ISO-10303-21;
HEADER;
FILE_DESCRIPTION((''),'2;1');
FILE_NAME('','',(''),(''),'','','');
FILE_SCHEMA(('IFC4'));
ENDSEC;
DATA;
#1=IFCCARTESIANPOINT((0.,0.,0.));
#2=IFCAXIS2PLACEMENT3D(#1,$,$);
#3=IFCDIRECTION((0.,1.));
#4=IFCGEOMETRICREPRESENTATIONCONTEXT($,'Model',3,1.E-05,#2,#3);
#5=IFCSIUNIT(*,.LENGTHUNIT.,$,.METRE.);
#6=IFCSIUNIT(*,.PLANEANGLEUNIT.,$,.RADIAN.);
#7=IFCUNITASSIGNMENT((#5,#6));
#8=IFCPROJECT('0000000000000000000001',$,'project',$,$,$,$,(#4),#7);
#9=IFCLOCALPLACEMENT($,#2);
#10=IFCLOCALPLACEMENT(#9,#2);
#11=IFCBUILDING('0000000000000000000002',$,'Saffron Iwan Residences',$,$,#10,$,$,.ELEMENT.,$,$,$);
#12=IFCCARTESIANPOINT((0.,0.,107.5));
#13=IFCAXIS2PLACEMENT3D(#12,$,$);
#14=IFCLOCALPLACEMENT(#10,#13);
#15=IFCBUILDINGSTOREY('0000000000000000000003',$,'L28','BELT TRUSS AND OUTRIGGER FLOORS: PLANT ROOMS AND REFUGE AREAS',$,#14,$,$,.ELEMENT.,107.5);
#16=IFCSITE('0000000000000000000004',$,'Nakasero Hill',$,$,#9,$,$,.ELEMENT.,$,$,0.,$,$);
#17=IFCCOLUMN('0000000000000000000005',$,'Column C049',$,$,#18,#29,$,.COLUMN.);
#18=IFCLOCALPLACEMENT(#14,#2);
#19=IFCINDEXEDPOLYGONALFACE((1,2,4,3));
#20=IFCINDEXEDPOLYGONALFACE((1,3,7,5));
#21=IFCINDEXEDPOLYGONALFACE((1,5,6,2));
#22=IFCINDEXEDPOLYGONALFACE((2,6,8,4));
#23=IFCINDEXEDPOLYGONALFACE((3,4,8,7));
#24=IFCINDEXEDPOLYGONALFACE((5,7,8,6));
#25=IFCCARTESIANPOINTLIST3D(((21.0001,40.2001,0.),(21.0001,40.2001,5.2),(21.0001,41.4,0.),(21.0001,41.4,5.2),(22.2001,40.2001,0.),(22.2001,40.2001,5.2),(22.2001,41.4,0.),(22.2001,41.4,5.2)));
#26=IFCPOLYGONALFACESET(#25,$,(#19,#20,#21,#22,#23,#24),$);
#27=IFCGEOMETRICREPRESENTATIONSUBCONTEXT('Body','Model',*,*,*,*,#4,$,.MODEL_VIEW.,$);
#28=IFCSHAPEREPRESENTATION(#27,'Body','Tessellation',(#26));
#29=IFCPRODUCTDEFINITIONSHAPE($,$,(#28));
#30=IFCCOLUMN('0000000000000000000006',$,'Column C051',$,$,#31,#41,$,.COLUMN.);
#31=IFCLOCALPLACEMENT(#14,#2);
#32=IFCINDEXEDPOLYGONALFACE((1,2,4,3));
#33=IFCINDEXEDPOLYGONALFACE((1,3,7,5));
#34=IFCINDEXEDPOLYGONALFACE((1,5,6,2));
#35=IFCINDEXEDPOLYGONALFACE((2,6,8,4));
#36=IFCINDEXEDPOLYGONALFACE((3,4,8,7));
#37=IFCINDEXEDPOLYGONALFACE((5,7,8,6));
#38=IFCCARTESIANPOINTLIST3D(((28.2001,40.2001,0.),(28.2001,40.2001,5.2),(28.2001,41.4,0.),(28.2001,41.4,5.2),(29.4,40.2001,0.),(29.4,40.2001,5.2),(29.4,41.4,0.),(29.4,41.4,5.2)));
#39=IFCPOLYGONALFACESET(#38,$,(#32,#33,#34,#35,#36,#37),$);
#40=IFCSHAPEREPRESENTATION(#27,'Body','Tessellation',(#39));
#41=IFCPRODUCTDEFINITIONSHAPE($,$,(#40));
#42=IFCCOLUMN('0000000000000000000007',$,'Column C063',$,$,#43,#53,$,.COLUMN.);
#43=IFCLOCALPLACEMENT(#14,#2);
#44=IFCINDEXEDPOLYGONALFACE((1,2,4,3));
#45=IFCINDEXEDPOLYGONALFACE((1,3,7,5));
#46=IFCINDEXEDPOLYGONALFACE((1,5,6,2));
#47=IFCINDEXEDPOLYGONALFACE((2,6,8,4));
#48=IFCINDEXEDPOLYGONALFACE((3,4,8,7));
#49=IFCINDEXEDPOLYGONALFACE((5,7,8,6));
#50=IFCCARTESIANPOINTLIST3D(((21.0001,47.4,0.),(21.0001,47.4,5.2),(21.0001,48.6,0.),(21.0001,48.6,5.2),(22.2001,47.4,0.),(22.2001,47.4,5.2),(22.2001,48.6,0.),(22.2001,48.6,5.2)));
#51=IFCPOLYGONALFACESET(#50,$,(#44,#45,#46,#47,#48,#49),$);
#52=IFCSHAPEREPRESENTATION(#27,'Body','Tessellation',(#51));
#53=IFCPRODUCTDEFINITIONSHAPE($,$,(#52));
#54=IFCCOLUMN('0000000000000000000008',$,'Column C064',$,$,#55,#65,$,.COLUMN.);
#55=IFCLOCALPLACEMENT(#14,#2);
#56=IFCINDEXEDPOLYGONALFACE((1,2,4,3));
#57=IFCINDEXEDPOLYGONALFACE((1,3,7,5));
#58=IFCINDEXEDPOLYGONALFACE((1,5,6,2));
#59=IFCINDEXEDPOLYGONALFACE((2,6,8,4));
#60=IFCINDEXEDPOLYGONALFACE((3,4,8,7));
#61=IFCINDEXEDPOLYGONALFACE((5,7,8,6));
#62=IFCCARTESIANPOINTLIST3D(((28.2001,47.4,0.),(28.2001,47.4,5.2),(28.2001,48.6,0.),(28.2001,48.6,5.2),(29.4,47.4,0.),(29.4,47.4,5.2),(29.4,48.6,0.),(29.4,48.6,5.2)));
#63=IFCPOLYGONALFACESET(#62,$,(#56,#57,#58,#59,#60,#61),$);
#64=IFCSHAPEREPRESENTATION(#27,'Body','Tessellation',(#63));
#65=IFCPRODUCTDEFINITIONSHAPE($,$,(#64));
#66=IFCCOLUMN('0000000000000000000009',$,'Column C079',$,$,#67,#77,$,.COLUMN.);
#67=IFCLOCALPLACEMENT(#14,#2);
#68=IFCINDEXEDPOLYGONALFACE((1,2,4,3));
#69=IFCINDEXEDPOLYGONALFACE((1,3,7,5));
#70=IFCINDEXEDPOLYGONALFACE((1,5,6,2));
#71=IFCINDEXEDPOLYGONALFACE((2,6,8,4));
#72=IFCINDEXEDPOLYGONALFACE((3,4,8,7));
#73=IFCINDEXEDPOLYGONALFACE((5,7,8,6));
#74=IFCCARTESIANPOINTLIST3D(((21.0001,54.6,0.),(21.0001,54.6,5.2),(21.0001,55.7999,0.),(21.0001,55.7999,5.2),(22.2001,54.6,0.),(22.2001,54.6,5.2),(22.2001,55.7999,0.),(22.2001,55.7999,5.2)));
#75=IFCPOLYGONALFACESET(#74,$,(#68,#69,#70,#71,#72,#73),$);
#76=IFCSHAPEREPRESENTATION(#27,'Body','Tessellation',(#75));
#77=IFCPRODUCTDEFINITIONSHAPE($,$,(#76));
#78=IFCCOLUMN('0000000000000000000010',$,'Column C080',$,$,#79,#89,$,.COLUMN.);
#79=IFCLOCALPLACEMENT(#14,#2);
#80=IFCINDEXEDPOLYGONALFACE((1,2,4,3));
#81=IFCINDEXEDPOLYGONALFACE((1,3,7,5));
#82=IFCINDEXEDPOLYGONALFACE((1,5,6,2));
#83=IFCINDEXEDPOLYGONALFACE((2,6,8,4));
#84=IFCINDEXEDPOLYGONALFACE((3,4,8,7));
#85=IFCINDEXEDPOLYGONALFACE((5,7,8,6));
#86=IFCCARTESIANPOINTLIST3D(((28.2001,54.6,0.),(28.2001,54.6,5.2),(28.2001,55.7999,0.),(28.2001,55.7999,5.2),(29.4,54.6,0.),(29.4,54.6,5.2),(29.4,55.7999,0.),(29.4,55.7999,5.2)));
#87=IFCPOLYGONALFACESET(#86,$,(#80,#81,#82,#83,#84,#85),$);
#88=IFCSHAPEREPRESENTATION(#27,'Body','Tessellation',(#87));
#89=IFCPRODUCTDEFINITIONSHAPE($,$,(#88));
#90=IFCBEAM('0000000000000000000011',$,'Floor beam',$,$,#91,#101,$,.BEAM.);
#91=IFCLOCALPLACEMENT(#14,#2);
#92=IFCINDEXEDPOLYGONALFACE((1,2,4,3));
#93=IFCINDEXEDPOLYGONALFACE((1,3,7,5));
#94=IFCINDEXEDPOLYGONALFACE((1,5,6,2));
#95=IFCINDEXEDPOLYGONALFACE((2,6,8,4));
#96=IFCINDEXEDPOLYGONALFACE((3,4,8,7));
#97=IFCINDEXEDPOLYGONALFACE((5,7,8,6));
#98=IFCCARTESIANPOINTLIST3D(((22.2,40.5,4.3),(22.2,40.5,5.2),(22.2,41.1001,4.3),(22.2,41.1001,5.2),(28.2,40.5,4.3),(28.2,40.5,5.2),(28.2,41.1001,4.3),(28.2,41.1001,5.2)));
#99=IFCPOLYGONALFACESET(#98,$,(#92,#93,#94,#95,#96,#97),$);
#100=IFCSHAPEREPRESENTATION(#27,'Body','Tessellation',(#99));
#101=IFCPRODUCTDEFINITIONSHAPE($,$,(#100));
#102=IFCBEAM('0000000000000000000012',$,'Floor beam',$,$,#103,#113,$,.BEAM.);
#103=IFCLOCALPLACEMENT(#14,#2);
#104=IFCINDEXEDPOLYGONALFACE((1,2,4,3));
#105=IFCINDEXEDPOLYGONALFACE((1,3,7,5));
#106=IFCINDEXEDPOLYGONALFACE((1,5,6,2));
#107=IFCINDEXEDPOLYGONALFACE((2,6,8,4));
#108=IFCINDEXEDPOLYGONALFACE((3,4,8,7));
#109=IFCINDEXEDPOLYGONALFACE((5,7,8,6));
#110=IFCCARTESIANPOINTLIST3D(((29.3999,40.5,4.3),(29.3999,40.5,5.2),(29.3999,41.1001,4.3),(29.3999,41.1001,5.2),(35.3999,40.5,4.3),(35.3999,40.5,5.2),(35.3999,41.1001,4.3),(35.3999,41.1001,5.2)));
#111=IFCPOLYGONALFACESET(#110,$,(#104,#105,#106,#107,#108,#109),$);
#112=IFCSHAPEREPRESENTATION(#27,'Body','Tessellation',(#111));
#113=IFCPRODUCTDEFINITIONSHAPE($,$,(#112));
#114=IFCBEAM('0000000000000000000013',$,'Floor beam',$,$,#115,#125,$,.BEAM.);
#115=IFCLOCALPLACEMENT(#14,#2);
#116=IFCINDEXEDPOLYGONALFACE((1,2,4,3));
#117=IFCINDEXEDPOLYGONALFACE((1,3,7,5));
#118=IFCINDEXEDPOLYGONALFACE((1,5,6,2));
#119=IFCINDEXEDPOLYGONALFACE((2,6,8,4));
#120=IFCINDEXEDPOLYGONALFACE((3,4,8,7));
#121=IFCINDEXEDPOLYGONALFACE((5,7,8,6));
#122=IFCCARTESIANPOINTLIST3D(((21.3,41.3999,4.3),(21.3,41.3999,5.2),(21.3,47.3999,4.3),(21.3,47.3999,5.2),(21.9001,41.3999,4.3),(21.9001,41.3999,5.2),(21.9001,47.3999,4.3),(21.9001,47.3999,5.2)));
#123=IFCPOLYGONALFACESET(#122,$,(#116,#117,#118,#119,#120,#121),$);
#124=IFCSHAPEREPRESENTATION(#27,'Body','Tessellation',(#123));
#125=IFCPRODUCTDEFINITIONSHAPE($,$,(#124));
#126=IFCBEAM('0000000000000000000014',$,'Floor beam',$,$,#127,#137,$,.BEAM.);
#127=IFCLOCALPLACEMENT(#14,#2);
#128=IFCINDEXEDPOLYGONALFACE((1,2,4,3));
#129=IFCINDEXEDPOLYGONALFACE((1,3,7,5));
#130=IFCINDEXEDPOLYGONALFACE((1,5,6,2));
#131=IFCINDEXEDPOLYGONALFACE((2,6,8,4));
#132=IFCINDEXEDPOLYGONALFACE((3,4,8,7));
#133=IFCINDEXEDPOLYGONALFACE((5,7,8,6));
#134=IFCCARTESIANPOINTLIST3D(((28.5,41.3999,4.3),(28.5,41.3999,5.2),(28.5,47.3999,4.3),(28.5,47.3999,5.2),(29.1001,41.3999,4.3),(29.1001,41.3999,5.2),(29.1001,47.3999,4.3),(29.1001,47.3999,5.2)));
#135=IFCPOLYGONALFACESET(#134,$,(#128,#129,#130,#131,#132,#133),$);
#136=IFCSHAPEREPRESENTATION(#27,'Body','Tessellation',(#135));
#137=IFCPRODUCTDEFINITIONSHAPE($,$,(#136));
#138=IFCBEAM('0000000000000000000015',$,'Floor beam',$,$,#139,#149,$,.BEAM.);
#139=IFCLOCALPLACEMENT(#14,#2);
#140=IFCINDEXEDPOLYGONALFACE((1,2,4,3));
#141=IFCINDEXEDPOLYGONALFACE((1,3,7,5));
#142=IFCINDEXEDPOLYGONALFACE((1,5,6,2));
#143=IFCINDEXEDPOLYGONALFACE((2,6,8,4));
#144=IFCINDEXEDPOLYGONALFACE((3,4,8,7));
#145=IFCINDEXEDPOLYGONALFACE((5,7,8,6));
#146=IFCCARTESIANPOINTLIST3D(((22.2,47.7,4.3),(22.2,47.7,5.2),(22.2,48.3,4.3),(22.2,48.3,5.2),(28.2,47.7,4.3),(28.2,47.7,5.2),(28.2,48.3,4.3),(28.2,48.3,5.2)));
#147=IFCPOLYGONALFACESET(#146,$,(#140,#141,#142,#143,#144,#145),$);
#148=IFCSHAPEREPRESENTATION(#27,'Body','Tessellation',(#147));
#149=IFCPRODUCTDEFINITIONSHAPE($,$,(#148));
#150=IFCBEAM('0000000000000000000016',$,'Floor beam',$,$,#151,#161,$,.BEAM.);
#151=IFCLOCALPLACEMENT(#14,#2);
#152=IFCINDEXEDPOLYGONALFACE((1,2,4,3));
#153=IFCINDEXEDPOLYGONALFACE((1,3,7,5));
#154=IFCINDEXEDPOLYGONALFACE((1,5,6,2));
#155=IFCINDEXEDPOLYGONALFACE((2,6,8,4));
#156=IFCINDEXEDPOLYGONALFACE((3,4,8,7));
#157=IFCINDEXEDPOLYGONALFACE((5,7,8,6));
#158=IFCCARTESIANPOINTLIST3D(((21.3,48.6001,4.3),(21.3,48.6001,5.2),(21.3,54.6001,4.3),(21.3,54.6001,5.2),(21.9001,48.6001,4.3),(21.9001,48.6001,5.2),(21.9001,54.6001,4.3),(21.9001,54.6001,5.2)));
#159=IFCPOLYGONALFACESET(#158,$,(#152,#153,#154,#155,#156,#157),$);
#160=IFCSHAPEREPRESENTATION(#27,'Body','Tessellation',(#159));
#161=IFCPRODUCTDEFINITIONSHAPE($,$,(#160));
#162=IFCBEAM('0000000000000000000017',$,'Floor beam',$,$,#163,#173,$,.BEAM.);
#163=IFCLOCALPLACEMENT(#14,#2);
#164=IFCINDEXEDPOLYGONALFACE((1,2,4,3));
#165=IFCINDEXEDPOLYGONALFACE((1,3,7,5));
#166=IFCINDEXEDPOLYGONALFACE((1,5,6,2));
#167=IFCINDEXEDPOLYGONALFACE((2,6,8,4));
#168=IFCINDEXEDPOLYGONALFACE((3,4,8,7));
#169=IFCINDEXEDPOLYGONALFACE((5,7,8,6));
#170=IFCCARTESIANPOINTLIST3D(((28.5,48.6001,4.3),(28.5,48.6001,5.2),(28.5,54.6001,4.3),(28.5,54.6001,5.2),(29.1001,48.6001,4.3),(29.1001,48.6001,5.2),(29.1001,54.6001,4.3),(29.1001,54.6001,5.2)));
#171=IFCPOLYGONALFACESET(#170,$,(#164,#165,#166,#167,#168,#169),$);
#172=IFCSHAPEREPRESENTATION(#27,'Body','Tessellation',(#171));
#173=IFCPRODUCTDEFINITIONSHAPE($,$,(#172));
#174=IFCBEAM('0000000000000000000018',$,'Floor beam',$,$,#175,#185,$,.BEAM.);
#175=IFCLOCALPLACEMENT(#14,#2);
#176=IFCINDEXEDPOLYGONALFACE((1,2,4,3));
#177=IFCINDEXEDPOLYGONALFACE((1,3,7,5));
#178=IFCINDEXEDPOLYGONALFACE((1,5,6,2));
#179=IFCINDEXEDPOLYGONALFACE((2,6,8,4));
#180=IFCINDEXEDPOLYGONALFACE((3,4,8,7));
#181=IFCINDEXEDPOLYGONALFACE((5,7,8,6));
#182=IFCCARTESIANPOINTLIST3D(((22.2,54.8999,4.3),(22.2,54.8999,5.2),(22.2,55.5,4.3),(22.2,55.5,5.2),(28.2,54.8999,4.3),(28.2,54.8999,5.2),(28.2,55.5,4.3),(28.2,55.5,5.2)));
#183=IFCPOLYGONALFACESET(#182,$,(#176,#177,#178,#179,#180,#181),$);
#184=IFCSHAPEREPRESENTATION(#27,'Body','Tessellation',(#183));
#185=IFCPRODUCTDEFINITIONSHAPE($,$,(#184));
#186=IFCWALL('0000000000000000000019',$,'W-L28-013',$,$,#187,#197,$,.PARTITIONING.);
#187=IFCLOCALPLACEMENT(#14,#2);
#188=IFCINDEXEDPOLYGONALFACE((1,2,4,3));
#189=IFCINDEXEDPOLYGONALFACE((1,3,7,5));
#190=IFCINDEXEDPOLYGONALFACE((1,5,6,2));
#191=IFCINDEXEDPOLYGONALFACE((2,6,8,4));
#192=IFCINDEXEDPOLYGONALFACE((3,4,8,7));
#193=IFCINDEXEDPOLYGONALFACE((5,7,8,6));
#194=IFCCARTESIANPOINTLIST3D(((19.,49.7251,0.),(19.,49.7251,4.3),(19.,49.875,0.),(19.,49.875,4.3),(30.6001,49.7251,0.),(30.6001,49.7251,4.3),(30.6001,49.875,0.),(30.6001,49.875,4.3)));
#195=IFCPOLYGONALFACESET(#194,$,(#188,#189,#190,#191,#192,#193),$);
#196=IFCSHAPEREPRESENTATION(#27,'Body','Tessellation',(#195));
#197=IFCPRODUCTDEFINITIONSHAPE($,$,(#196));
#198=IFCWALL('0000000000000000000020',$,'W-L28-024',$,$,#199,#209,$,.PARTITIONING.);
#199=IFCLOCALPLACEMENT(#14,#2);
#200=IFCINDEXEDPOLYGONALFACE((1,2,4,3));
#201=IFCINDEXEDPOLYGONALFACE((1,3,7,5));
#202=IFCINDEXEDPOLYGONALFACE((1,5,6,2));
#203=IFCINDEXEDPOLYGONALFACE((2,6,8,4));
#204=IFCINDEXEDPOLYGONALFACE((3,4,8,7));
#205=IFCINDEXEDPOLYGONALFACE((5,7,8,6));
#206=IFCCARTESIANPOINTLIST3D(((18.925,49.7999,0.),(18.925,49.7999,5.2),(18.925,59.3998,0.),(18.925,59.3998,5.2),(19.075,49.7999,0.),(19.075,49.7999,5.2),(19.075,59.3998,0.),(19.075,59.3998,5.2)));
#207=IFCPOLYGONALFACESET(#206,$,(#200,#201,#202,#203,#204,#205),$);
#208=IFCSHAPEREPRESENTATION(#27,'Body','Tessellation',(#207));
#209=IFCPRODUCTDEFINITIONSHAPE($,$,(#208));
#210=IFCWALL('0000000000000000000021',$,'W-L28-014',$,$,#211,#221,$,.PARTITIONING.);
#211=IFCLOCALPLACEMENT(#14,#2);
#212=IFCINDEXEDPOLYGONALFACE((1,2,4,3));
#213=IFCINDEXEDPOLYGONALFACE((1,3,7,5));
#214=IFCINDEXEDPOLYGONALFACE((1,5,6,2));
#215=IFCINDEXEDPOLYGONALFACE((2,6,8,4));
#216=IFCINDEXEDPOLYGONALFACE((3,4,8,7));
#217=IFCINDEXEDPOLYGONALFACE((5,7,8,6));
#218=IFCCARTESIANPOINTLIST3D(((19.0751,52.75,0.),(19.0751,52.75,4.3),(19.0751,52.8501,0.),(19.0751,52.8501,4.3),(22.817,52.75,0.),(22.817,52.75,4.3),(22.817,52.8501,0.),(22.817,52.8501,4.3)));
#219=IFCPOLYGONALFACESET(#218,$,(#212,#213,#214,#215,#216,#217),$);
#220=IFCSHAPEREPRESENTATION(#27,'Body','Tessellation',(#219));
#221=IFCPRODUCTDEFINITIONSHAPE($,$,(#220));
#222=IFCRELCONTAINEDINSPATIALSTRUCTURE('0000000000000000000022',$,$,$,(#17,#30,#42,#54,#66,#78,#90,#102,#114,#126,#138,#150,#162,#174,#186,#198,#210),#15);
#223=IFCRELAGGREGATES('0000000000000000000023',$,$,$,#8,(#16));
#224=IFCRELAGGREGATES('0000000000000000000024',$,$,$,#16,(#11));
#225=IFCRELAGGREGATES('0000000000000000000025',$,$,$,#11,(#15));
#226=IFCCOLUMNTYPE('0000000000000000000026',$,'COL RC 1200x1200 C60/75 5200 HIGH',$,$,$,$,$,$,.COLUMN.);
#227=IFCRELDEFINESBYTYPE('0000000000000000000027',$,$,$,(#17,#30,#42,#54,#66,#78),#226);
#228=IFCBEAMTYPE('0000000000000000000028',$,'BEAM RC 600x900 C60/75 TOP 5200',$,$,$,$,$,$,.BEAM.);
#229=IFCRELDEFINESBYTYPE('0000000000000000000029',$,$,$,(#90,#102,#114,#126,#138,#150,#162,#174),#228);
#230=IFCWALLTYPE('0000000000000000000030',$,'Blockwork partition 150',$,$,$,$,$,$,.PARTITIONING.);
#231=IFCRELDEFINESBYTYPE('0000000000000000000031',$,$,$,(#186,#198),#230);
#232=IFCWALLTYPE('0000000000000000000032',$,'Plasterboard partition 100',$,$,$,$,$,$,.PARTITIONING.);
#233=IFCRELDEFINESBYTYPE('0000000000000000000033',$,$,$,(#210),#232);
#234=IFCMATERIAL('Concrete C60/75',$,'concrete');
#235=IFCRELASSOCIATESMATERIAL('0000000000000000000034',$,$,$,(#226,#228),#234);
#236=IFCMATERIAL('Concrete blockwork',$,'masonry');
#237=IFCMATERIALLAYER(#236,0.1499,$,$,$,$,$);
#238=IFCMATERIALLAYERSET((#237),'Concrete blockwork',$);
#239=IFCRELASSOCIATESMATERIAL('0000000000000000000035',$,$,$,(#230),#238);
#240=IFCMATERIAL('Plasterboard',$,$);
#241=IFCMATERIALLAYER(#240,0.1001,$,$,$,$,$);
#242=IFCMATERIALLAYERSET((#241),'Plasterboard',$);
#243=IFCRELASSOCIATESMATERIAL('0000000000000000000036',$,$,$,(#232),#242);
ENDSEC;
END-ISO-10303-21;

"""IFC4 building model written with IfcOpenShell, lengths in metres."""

from ifc_helpers import new_model, si_unit, direction, frame, frame_2d, origin, origin_2d, place, context, subcontext, project, spatial, rectangle, extrude, source, transform, mapped, material, layer, layer_set, material_profile, profile_set, type_object, element, save


model = new_model("IFC4")

# Units and contexts
model_context = context("Model", 3, precision=1e-05, world=origin(), true_north=direction((0.0, 1.0)))
body_context = subcontext(model_context, "Body", "Model", "MODEL_VIEW")
ifc_project = project(units=[si_unit("LENGTHUNIT", "METRE"), si_unit("PLANEANGLEUNIT", "RADIAN")], contexts=[model_context])

# Site, building, storey
site_placement = place(None, origin())
site = spatial("IfcSite", under=ifc_project, at=site_placement, Name="Nakasero Hill", CompositionType="ELEMENT", RefElevation=0.0)
building_placement = place(site_placement, origin())
building = spatial("IfcBuilding", under=site, at=building_placement, Name="Saffron Iwan Residences", CompositionType="ELEMENT")
storey_placement = place(building_placement, frame((0.0, 0.0, 107.5)))
storey = spatial("IfcBuildingStorey", under=building, at=storey_placement, Name="L28", Description="BELT TRUSS AND OUTRIGGER FLOORS: PLANT ROOMS AND REFUGE AREAS", CompositionType="ELEMENT", Elevation=107.5)

# Columns
ifc_material_1 = material(Name="Concrete C60/75", Category="concrete")
ifc_material_profile_1 = material_profile(ifc_material_1, rectangle(XDim=1.2, YDim=1.2, at=origin_2d()), Name="RC 1200x1200")
ifc_profile_set_1 = profile_set([ifc_material_profile_1], Name="Concrete C60/75")
column_type = type_object("IfcColumnType", Name="COL RC 1200x1200 C60/75 5200 HIGH", PredefinedType="COLUMN", material=ifc_profile_set_1)
shared_shape_1 = source(origin(), body_context, "Body", "SweptSolid", [
    extrude(rectangle(XDim=1.2, YDim=1.2, at=origin_2d()), origin(), (0.0, 0.0, 1.0), 5.2),
])
for number, where, z_axis, x_axis, name in (
    (1, (21.6001, 40.8, 0.0), (0.0, 0.0, 1.0), (1.0, 0.0, 0.0), "Column C049"),
    (2, (28.8, 40.8, 0.0), (0.0, 0.0, 1.0), (1.0, 0.0, 0.0), "Column C051"),
    (3, (21.6001, 48.0, 0.0), (0.0, 0.0, 1.0), (1.0, 0.0, 0.0), "Column C063"),
    (4, (28.8, 48.0, 0.0), (0.0, 0.0, 1.0), (1.0, 0.0, 0.0), "Column C064"),
    (5, (21.6001, 55.2, 0.0), (0.0, 0.0, 1.0), (1.0, 0.0, 0.0), "Column C079"),
    (6, (28.8, 55.2, 0.0), (0.0, 0.0, 1.0), (1.0, 0.0, 0.0), "Column C080"),
):
    element("IfcColumn", number, at=place(storey_placement, frame(where, z_axis=z_axis, x_axis=x_axis)), inside=storey, type_object=column_type, Name=name, PredefinedType="COLUMN", context=body_context, shape_type="MappedRepresentation", body=[
        mapped(shared_shape_1, transform((0.0, 0.0, 0.0))),
    ])

# Beams
ifc_material_profile_2 = material_profile(ifc_material_1, rectangle(XDim=0.6001, YDim=0.8999, at=origin_2d()), Name="RC 600x900")
ifc_profile_set_2 = profile_set([ifc_material_profile_2], Name="Concrete C60/75")
beam_type = type_object("IfcBeamType", Name="BEAM RC 600x900 C60/75 TOP 5200", PredefinedType="BEAM", material=ifc_profile_set_2)
shared_shape_2 = source(origin(), body_context, "Body", "SweptSolid", [
    extrude(rectangle(XDim=0.6001, YDim=0.8999, at=origin_2d()), origin(), (0.0, 0.0, 1.0), 6.0),
])
for number, where, z_axis, x_axis, name in (
    (7, (22.2, 40.8, 4.75), (1.0, 0.0, 0.0), (0.0, 1.0, 0.0), "Floor beam"),
    (8, (29.3999, 40.8, 4.75), (1.0, 0.0, 0.0), (0.0, 1.0, 0.0), "Floor beam"),
    (9, (21.6001, 41.3999, 4.75), (0.0, 1.0, 0.0), (-1.0, 0.0, 0.0), "Floor beam"),
    (10, (28.8, 41.3999, 4.75), (0.0, 1.0, 0.0), (-1.0, 0.0, 0.0), "Floor beam"),
    (11, (22.2, 48.0, 4.75), (1.0, 0.0, 0.0), (0.0, 1.0, 0.0), "Floor beam"),
    (12, (21.6001, 48.6001, 4.75), (0.0, 1.0, 0.0), (-1.0, 0.0, 0.0), "Floor beam"),
    (13, (28.8, 48.6001, 4.75), (0.0, 1.0, 0.0), (-1.0, 0.0, 0.0), "Floor beam"),
    (14, (22.2, 55.2, 4.75), (1.0, 0.0, 0.0), (0.0, 1.0, 0.0), "Floor beam"),
):
    element("IfcBeam", number, at=place(storey_placement, frame(where, z_axis=z_axis, x_axis=x_axis)), inside=storey, type_object=beam_type, Name=name, PredefinedType="BEAM", context=body_context, shape_type="MappedRepresentation", body=[
        mapped(shared_shape_2, transform((0.0, 0.0, 0.0))),
    ])

# Walls
ifc_material_2 = material(Name="Concrete blockwork", Category="masonry")
ifc_layer_1 = layer(ifc_material_2, 0.1499)
ifc_layer_set_1 = layer_set([ifc_layer_1], Name="Concrete blockwork")
wall_type_1 = type_object("IfcWallType", Name="Blockwork partition 150", PredefinedType="PARTITIONING", material=ifc_layer_set_1)
wall_1_placement = place(storey_placement, frame((19.0, 49.8, 0.0), z_axis=(0.0, 0.0, 1.0), x_axis=(1.0, 0.0, 0.0)))
element("IfcWall", 15, at=wall_1_placement, inside=storey, type_object=wall_type_1, Name="W-L28-013", PredefinedType="PARTITIONING", context=body_context, shape_type="SweptSolid", body=[
    extrude(rectangle(XDim=11.6001, YDim=0.1499, at=frame_2d((5.8, 0.0))), origin(), (0.0, 0.0, 1.0), 4.3),
])
wall_2_placement = place(storey_placement, frame((19.0, 49.8, 0.0), z_axis=(0.0, 0.0, 1.0), x_axis=(0.0, 1.0, 0.0)))
element("IfcWall", 16, at=wall_2_placement, inside=storey, type_object=wall_type_1, Name="W-L28-024", PredefinedType="PARTITIONING", context=body_context, shape_type="SweptSolid", body=[
    extrude(rectangle(XDim=9.5999, YDim=0.1499, at=frame_2d((4.7998, 0.0))), origin(), (0.0, 0.0, 1.0), 5.2),
])
ifc_material_3 = material(Name="Plasterboard")
ifc_layer_2 = layer(ifc_material_3, 0.1001)
ifc_layer_set_2 = layer_set([ifc_layer_2], Name="Plasterboard")
wall_type_2 = type_object("IfcWallType", Name="Plasterboard partition 100", PredefinedType="PARTITIONING", material=ifc_layer_set_2)
wall_3_placement = place(storey_placement, frame((19.075, 52.8, 0.0), z_axis=(0.0, 0.0, 1.0), x_axis=(1.0, 0.0, 0.0)))
element("IfcWall", 17, at=wall_3_placement, inside=storey, type_object=wall_type_2, Name="W-L28-014", PredefinedType="PARTITIONING", context=body_context, shape_type="SweptSolid", body=[
    extrude(rectangle(XDim=3.7419, YDim=0.1001, at=frame_2d((1.8711, 0.0))), origin(), (0.0, 0.0, 1.0), 4.3),
])

save(model, "model.ifc")
